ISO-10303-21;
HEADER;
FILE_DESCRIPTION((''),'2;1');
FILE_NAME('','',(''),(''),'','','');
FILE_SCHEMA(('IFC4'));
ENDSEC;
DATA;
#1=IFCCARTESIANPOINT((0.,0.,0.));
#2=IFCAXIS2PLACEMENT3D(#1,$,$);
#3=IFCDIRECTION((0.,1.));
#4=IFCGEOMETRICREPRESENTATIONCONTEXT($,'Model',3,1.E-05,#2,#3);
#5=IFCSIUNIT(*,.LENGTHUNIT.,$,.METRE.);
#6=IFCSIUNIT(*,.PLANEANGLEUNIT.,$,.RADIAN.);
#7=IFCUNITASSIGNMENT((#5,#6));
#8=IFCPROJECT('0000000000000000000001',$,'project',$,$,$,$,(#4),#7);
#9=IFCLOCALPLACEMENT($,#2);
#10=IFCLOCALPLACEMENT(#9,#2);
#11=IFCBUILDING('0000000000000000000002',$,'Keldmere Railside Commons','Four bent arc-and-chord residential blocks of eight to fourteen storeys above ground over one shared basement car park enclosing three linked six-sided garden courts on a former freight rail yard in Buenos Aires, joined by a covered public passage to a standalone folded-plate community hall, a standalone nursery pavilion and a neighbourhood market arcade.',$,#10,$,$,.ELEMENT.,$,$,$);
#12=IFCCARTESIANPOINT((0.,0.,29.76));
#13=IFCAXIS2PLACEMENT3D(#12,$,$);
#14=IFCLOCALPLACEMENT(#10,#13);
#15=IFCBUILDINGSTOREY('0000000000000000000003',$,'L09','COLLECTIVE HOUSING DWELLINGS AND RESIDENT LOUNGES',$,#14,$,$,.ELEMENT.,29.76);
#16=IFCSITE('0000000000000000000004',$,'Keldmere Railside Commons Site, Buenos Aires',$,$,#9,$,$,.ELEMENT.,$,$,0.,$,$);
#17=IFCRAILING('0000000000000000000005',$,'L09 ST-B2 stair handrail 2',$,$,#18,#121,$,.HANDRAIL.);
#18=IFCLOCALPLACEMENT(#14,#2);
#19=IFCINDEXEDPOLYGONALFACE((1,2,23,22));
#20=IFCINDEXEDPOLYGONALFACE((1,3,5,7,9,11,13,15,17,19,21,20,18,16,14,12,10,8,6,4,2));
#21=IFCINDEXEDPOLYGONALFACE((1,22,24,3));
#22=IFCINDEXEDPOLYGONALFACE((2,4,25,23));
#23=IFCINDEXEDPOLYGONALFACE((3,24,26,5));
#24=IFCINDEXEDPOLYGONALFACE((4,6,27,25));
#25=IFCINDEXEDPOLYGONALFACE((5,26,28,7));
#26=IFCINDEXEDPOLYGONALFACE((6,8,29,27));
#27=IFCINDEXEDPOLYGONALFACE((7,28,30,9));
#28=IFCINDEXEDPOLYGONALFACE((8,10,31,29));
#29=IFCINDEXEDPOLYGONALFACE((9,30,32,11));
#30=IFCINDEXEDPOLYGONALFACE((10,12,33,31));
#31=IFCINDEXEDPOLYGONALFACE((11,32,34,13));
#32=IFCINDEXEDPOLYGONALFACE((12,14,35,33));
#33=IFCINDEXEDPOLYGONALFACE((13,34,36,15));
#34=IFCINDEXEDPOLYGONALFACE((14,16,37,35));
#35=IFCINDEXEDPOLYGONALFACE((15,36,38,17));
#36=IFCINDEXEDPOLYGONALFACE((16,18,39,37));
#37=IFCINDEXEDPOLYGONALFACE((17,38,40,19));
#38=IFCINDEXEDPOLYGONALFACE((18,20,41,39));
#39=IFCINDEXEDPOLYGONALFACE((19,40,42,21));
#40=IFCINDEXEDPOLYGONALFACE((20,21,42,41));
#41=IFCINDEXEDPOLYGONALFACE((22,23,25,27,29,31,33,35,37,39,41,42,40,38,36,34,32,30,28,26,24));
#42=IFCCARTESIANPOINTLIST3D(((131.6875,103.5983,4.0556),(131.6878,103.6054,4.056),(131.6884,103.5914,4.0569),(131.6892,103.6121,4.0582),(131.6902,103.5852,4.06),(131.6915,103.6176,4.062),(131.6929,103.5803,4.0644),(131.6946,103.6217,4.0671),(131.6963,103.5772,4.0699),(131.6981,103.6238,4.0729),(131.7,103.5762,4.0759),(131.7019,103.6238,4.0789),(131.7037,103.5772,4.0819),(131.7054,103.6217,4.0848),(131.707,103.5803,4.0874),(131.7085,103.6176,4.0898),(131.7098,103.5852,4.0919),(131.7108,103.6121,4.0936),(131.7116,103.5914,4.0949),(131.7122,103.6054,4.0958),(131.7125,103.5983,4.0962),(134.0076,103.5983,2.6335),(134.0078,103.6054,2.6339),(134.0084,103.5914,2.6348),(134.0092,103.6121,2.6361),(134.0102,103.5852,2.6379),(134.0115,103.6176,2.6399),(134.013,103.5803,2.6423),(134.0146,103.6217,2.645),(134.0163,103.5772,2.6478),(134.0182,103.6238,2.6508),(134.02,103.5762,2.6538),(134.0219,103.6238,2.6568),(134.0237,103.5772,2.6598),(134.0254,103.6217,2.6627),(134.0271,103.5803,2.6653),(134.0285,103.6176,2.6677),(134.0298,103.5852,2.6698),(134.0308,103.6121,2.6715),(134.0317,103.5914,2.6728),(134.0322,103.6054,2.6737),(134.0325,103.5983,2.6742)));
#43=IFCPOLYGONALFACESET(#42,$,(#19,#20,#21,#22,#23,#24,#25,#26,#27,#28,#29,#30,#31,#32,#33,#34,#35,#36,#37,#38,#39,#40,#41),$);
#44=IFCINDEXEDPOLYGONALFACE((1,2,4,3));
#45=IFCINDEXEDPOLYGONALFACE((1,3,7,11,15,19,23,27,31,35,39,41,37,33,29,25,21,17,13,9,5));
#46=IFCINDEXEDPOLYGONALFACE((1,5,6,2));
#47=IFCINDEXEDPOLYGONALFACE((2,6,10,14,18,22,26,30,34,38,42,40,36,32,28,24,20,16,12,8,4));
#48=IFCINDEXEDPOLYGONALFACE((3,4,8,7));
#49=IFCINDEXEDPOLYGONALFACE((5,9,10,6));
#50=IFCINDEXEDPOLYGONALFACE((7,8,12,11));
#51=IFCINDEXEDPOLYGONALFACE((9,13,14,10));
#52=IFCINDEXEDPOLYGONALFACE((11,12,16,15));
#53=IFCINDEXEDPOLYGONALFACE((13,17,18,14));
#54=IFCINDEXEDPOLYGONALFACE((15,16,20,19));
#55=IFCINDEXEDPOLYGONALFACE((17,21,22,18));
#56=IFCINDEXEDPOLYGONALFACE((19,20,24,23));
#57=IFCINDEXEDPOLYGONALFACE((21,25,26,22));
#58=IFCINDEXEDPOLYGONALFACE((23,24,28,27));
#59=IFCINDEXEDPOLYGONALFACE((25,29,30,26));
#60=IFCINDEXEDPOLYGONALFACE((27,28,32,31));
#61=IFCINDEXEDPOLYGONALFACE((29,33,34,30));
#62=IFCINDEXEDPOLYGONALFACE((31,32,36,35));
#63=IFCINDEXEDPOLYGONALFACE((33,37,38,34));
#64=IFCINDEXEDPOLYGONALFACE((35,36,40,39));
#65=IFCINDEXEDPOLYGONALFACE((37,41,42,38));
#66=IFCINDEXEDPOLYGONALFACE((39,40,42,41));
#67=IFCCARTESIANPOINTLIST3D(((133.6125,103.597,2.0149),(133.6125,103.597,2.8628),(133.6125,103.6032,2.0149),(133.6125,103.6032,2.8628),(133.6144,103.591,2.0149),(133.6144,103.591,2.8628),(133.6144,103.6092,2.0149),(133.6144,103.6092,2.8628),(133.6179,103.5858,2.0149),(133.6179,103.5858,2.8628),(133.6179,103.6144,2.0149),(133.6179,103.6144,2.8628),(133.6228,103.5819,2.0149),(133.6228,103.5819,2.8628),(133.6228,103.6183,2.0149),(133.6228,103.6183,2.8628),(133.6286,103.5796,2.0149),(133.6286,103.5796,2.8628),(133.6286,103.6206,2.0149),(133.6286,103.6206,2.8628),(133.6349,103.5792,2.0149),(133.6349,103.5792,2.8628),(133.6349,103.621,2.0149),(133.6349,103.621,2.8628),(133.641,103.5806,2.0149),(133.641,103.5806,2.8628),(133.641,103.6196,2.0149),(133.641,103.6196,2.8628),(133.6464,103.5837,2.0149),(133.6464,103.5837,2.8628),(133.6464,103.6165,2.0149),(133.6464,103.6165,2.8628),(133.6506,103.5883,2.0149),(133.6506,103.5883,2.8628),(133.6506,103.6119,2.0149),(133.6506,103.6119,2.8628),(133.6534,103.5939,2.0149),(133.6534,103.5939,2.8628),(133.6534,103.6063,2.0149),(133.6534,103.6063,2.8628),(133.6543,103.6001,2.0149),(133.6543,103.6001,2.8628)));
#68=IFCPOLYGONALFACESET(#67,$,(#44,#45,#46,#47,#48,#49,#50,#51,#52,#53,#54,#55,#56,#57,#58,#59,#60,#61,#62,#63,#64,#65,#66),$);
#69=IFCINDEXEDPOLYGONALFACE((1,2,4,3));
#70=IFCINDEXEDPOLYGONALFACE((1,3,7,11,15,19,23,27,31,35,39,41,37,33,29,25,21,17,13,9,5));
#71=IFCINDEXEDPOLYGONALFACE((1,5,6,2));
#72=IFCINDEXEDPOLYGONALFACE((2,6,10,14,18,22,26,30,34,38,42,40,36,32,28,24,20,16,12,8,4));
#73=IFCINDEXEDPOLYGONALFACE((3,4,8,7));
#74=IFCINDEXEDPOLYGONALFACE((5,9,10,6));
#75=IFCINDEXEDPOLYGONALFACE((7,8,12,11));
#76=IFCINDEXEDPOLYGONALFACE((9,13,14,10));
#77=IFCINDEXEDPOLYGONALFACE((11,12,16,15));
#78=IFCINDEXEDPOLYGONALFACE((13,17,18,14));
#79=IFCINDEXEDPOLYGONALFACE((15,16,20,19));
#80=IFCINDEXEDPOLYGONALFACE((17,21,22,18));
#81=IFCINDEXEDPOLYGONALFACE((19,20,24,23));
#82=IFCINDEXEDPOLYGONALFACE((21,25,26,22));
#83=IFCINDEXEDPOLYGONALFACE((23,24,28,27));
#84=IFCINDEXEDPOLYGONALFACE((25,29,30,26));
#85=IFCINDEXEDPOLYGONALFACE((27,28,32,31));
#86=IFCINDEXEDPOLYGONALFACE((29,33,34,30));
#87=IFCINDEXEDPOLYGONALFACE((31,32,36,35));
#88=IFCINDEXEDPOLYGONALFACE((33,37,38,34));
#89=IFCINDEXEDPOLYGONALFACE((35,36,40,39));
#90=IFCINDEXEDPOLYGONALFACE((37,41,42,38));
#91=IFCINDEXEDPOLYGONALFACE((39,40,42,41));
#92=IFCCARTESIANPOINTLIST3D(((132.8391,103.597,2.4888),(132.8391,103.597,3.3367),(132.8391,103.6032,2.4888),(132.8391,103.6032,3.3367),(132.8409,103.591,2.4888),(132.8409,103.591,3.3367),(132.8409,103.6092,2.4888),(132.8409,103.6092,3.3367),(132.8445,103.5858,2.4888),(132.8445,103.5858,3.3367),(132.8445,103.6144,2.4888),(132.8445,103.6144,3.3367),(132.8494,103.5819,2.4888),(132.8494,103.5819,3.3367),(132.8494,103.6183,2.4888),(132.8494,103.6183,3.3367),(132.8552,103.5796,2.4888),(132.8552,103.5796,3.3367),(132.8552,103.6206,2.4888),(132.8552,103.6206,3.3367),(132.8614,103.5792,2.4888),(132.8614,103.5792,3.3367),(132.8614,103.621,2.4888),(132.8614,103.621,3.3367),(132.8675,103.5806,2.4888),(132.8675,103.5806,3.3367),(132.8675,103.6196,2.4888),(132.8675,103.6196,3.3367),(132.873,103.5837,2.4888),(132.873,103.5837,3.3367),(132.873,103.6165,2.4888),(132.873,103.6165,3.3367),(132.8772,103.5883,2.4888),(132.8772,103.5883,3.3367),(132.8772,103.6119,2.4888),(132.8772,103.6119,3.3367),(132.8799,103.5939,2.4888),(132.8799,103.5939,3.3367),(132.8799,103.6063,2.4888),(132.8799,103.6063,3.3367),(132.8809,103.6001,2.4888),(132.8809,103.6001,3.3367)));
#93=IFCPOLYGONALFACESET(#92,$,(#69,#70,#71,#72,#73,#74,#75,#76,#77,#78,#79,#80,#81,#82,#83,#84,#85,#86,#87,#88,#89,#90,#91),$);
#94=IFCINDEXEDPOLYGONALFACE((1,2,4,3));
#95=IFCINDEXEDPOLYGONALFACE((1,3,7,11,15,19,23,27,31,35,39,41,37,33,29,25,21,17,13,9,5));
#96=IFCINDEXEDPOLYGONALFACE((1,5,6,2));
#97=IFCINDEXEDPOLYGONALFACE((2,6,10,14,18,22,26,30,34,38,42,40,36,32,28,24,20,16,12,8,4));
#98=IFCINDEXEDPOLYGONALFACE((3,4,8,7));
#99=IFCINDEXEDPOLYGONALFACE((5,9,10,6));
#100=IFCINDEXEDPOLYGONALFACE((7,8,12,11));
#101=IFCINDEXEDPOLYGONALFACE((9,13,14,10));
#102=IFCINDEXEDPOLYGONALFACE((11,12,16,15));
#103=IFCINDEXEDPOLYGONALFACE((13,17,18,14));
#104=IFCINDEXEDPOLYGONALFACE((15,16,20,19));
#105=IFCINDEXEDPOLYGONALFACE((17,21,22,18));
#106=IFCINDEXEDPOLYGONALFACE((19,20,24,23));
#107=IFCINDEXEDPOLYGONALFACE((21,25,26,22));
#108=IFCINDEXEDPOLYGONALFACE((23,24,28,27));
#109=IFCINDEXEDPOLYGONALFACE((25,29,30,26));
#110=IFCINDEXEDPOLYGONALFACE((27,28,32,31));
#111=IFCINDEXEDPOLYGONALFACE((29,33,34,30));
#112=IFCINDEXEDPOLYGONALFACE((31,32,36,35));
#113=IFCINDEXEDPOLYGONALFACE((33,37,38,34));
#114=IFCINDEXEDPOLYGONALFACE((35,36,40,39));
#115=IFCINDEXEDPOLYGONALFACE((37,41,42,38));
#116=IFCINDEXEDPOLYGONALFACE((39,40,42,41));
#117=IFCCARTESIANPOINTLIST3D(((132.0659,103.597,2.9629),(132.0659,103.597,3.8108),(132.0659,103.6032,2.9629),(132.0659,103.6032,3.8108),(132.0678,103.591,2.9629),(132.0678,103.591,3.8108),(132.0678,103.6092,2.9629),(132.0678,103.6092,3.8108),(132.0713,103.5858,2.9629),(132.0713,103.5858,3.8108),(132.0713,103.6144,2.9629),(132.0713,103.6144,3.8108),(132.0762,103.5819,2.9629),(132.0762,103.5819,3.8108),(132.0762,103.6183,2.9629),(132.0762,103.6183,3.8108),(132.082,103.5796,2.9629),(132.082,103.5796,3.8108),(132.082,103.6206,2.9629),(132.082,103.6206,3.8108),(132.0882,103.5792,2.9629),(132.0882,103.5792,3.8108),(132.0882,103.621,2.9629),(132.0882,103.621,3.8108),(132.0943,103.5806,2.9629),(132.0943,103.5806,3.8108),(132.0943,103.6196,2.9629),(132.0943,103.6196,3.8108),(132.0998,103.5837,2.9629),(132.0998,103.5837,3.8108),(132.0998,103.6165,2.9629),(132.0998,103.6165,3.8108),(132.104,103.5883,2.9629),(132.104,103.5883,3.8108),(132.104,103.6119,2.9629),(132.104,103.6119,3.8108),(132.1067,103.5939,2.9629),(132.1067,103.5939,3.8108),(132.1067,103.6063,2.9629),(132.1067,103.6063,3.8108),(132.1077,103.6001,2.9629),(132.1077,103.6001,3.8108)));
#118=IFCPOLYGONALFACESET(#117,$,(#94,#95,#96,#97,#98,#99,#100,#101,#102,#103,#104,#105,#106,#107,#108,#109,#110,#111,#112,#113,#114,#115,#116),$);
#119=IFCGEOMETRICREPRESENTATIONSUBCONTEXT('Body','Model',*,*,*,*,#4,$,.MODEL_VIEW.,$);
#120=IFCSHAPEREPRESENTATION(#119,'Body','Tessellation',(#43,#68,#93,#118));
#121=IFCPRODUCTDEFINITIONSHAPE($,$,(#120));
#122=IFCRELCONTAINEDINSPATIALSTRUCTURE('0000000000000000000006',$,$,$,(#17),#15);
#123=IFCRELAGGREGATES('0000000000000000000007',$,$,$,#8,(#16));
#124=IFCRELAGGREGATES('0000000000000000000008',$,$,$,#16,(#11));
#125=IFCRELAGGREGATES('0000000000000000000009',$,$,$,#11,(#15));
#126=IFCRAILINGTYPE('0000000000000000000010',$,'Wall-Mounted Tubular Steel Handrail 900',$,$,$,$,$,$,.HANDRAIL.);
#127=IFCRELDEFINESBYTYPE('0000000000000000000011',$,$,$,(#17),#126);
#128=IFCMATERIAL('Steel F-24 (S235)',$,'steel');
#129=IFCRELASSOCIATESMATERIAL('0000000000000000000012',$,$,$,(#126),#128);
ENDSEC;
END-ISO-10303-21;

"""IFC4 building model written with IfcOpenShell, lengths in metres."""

from ifc_helpers import new_model, si_unit, direction, frame, origin, origin_2d, place, context, subcontext, project, spatial, circle, extrude, material, type_object, element, save


model = new_model("IFC4")

# Units and contexts
model_context = context("Model", 3, precision=1e-05, world=origin(), true_north=direction((0.0, 1.0)))
body_context = subcontext(model_context, "Body", "Model", "MODEL_VIEW")
ifc_project = project(units=[si_unit("LENGTHUNIT", "METRE"), si_unit("PLANEANGLEUNIT", "RADIAN")], contexts=[model_context])

# Site, building, storey
site_placement = place(None, origin())
site = spatial("IfcSite", under=ifc_project, at=site_placement, Name="Keldmere Railside Commons Site, Buenos Aires", CompositionType="ELEMENT", RefElevation=0.0)
building_placement = place(site_placement, origin())
building = spatial("IfcBuilding", under=site, at=building_placement, Name="Keldmere Railside Commons", Description="Four bent arc-and-chord residential blocks of eight to fourteen storeys above ground over one shared basement car park enclosing three linked six-sided garden courts on a former freight rail yard in Buenos Aires, joined by a covered public passage to a standalone folded-plate community hall, a standalone nursery pavilion and a neighbourhood market arcade.", CompositionType="ELEMENT")
storey_placement = place(building_placement, frame((0.0, 0.0, 29.76)))
storey = spatial("IfcBuildingStorey", under=building, at=storey_placement, Name="L09", Description="COLLECTIVE HOUSING DWELLINGS AND RESIDENT LOUNGES", CompositionType="ELEMENT", Elevation=29.76)

# Railing
ifc_material_1 = material(Name="Steel F-24 (S235)", Category="steel")
railing_type_1 = type_object("IfcRailingType", Name="Wall-Mounted Tubular Steel Handrail 900", PredefinedType="HANDRAIL", material=ifc_material_1)
railing_1_placement = place(storey_placement, frame((134.02, 103.6001, 1.7778)))
element("IfcRailing", 1, at=railing_1_placement, inside=storey, type_object=railing_type_1, Name="L09 ST-B2 stair handrail 2", PredefinedType="HANDRAIL", context=body_context, shape_type="SweptSolid", body=[
    extrude(circle(Radius=0.0239, at=origin_2d()), frame((0.0, 0.0, 0.876), z_axis=(-0.852578, 0.0, 0.5226), x_axis=(0.0, -1.0, 0.0)), (0.0, 0.0, 1.0), 2.7212),
    extrude(circle(Radius=0.021, at=origin_2d()), frame((-0.3867, 0.0, 0.2371)), (0.0, 0.0, 1.0), 0.8479),
    extrude(circle(Radius=0.021, at=origin_2d()), frame((-1.1602, 0.0, 0.7109)), (0.0, 0.0, 1.0), 0.8479),
    extrude(circle(Radius=0.021, at=origin_2d()), frame((-1.9333, 0.0, 1.1851)), (0.0, 0.0, 1.0), 0.8479),
])

save(model, "model.ifc")
